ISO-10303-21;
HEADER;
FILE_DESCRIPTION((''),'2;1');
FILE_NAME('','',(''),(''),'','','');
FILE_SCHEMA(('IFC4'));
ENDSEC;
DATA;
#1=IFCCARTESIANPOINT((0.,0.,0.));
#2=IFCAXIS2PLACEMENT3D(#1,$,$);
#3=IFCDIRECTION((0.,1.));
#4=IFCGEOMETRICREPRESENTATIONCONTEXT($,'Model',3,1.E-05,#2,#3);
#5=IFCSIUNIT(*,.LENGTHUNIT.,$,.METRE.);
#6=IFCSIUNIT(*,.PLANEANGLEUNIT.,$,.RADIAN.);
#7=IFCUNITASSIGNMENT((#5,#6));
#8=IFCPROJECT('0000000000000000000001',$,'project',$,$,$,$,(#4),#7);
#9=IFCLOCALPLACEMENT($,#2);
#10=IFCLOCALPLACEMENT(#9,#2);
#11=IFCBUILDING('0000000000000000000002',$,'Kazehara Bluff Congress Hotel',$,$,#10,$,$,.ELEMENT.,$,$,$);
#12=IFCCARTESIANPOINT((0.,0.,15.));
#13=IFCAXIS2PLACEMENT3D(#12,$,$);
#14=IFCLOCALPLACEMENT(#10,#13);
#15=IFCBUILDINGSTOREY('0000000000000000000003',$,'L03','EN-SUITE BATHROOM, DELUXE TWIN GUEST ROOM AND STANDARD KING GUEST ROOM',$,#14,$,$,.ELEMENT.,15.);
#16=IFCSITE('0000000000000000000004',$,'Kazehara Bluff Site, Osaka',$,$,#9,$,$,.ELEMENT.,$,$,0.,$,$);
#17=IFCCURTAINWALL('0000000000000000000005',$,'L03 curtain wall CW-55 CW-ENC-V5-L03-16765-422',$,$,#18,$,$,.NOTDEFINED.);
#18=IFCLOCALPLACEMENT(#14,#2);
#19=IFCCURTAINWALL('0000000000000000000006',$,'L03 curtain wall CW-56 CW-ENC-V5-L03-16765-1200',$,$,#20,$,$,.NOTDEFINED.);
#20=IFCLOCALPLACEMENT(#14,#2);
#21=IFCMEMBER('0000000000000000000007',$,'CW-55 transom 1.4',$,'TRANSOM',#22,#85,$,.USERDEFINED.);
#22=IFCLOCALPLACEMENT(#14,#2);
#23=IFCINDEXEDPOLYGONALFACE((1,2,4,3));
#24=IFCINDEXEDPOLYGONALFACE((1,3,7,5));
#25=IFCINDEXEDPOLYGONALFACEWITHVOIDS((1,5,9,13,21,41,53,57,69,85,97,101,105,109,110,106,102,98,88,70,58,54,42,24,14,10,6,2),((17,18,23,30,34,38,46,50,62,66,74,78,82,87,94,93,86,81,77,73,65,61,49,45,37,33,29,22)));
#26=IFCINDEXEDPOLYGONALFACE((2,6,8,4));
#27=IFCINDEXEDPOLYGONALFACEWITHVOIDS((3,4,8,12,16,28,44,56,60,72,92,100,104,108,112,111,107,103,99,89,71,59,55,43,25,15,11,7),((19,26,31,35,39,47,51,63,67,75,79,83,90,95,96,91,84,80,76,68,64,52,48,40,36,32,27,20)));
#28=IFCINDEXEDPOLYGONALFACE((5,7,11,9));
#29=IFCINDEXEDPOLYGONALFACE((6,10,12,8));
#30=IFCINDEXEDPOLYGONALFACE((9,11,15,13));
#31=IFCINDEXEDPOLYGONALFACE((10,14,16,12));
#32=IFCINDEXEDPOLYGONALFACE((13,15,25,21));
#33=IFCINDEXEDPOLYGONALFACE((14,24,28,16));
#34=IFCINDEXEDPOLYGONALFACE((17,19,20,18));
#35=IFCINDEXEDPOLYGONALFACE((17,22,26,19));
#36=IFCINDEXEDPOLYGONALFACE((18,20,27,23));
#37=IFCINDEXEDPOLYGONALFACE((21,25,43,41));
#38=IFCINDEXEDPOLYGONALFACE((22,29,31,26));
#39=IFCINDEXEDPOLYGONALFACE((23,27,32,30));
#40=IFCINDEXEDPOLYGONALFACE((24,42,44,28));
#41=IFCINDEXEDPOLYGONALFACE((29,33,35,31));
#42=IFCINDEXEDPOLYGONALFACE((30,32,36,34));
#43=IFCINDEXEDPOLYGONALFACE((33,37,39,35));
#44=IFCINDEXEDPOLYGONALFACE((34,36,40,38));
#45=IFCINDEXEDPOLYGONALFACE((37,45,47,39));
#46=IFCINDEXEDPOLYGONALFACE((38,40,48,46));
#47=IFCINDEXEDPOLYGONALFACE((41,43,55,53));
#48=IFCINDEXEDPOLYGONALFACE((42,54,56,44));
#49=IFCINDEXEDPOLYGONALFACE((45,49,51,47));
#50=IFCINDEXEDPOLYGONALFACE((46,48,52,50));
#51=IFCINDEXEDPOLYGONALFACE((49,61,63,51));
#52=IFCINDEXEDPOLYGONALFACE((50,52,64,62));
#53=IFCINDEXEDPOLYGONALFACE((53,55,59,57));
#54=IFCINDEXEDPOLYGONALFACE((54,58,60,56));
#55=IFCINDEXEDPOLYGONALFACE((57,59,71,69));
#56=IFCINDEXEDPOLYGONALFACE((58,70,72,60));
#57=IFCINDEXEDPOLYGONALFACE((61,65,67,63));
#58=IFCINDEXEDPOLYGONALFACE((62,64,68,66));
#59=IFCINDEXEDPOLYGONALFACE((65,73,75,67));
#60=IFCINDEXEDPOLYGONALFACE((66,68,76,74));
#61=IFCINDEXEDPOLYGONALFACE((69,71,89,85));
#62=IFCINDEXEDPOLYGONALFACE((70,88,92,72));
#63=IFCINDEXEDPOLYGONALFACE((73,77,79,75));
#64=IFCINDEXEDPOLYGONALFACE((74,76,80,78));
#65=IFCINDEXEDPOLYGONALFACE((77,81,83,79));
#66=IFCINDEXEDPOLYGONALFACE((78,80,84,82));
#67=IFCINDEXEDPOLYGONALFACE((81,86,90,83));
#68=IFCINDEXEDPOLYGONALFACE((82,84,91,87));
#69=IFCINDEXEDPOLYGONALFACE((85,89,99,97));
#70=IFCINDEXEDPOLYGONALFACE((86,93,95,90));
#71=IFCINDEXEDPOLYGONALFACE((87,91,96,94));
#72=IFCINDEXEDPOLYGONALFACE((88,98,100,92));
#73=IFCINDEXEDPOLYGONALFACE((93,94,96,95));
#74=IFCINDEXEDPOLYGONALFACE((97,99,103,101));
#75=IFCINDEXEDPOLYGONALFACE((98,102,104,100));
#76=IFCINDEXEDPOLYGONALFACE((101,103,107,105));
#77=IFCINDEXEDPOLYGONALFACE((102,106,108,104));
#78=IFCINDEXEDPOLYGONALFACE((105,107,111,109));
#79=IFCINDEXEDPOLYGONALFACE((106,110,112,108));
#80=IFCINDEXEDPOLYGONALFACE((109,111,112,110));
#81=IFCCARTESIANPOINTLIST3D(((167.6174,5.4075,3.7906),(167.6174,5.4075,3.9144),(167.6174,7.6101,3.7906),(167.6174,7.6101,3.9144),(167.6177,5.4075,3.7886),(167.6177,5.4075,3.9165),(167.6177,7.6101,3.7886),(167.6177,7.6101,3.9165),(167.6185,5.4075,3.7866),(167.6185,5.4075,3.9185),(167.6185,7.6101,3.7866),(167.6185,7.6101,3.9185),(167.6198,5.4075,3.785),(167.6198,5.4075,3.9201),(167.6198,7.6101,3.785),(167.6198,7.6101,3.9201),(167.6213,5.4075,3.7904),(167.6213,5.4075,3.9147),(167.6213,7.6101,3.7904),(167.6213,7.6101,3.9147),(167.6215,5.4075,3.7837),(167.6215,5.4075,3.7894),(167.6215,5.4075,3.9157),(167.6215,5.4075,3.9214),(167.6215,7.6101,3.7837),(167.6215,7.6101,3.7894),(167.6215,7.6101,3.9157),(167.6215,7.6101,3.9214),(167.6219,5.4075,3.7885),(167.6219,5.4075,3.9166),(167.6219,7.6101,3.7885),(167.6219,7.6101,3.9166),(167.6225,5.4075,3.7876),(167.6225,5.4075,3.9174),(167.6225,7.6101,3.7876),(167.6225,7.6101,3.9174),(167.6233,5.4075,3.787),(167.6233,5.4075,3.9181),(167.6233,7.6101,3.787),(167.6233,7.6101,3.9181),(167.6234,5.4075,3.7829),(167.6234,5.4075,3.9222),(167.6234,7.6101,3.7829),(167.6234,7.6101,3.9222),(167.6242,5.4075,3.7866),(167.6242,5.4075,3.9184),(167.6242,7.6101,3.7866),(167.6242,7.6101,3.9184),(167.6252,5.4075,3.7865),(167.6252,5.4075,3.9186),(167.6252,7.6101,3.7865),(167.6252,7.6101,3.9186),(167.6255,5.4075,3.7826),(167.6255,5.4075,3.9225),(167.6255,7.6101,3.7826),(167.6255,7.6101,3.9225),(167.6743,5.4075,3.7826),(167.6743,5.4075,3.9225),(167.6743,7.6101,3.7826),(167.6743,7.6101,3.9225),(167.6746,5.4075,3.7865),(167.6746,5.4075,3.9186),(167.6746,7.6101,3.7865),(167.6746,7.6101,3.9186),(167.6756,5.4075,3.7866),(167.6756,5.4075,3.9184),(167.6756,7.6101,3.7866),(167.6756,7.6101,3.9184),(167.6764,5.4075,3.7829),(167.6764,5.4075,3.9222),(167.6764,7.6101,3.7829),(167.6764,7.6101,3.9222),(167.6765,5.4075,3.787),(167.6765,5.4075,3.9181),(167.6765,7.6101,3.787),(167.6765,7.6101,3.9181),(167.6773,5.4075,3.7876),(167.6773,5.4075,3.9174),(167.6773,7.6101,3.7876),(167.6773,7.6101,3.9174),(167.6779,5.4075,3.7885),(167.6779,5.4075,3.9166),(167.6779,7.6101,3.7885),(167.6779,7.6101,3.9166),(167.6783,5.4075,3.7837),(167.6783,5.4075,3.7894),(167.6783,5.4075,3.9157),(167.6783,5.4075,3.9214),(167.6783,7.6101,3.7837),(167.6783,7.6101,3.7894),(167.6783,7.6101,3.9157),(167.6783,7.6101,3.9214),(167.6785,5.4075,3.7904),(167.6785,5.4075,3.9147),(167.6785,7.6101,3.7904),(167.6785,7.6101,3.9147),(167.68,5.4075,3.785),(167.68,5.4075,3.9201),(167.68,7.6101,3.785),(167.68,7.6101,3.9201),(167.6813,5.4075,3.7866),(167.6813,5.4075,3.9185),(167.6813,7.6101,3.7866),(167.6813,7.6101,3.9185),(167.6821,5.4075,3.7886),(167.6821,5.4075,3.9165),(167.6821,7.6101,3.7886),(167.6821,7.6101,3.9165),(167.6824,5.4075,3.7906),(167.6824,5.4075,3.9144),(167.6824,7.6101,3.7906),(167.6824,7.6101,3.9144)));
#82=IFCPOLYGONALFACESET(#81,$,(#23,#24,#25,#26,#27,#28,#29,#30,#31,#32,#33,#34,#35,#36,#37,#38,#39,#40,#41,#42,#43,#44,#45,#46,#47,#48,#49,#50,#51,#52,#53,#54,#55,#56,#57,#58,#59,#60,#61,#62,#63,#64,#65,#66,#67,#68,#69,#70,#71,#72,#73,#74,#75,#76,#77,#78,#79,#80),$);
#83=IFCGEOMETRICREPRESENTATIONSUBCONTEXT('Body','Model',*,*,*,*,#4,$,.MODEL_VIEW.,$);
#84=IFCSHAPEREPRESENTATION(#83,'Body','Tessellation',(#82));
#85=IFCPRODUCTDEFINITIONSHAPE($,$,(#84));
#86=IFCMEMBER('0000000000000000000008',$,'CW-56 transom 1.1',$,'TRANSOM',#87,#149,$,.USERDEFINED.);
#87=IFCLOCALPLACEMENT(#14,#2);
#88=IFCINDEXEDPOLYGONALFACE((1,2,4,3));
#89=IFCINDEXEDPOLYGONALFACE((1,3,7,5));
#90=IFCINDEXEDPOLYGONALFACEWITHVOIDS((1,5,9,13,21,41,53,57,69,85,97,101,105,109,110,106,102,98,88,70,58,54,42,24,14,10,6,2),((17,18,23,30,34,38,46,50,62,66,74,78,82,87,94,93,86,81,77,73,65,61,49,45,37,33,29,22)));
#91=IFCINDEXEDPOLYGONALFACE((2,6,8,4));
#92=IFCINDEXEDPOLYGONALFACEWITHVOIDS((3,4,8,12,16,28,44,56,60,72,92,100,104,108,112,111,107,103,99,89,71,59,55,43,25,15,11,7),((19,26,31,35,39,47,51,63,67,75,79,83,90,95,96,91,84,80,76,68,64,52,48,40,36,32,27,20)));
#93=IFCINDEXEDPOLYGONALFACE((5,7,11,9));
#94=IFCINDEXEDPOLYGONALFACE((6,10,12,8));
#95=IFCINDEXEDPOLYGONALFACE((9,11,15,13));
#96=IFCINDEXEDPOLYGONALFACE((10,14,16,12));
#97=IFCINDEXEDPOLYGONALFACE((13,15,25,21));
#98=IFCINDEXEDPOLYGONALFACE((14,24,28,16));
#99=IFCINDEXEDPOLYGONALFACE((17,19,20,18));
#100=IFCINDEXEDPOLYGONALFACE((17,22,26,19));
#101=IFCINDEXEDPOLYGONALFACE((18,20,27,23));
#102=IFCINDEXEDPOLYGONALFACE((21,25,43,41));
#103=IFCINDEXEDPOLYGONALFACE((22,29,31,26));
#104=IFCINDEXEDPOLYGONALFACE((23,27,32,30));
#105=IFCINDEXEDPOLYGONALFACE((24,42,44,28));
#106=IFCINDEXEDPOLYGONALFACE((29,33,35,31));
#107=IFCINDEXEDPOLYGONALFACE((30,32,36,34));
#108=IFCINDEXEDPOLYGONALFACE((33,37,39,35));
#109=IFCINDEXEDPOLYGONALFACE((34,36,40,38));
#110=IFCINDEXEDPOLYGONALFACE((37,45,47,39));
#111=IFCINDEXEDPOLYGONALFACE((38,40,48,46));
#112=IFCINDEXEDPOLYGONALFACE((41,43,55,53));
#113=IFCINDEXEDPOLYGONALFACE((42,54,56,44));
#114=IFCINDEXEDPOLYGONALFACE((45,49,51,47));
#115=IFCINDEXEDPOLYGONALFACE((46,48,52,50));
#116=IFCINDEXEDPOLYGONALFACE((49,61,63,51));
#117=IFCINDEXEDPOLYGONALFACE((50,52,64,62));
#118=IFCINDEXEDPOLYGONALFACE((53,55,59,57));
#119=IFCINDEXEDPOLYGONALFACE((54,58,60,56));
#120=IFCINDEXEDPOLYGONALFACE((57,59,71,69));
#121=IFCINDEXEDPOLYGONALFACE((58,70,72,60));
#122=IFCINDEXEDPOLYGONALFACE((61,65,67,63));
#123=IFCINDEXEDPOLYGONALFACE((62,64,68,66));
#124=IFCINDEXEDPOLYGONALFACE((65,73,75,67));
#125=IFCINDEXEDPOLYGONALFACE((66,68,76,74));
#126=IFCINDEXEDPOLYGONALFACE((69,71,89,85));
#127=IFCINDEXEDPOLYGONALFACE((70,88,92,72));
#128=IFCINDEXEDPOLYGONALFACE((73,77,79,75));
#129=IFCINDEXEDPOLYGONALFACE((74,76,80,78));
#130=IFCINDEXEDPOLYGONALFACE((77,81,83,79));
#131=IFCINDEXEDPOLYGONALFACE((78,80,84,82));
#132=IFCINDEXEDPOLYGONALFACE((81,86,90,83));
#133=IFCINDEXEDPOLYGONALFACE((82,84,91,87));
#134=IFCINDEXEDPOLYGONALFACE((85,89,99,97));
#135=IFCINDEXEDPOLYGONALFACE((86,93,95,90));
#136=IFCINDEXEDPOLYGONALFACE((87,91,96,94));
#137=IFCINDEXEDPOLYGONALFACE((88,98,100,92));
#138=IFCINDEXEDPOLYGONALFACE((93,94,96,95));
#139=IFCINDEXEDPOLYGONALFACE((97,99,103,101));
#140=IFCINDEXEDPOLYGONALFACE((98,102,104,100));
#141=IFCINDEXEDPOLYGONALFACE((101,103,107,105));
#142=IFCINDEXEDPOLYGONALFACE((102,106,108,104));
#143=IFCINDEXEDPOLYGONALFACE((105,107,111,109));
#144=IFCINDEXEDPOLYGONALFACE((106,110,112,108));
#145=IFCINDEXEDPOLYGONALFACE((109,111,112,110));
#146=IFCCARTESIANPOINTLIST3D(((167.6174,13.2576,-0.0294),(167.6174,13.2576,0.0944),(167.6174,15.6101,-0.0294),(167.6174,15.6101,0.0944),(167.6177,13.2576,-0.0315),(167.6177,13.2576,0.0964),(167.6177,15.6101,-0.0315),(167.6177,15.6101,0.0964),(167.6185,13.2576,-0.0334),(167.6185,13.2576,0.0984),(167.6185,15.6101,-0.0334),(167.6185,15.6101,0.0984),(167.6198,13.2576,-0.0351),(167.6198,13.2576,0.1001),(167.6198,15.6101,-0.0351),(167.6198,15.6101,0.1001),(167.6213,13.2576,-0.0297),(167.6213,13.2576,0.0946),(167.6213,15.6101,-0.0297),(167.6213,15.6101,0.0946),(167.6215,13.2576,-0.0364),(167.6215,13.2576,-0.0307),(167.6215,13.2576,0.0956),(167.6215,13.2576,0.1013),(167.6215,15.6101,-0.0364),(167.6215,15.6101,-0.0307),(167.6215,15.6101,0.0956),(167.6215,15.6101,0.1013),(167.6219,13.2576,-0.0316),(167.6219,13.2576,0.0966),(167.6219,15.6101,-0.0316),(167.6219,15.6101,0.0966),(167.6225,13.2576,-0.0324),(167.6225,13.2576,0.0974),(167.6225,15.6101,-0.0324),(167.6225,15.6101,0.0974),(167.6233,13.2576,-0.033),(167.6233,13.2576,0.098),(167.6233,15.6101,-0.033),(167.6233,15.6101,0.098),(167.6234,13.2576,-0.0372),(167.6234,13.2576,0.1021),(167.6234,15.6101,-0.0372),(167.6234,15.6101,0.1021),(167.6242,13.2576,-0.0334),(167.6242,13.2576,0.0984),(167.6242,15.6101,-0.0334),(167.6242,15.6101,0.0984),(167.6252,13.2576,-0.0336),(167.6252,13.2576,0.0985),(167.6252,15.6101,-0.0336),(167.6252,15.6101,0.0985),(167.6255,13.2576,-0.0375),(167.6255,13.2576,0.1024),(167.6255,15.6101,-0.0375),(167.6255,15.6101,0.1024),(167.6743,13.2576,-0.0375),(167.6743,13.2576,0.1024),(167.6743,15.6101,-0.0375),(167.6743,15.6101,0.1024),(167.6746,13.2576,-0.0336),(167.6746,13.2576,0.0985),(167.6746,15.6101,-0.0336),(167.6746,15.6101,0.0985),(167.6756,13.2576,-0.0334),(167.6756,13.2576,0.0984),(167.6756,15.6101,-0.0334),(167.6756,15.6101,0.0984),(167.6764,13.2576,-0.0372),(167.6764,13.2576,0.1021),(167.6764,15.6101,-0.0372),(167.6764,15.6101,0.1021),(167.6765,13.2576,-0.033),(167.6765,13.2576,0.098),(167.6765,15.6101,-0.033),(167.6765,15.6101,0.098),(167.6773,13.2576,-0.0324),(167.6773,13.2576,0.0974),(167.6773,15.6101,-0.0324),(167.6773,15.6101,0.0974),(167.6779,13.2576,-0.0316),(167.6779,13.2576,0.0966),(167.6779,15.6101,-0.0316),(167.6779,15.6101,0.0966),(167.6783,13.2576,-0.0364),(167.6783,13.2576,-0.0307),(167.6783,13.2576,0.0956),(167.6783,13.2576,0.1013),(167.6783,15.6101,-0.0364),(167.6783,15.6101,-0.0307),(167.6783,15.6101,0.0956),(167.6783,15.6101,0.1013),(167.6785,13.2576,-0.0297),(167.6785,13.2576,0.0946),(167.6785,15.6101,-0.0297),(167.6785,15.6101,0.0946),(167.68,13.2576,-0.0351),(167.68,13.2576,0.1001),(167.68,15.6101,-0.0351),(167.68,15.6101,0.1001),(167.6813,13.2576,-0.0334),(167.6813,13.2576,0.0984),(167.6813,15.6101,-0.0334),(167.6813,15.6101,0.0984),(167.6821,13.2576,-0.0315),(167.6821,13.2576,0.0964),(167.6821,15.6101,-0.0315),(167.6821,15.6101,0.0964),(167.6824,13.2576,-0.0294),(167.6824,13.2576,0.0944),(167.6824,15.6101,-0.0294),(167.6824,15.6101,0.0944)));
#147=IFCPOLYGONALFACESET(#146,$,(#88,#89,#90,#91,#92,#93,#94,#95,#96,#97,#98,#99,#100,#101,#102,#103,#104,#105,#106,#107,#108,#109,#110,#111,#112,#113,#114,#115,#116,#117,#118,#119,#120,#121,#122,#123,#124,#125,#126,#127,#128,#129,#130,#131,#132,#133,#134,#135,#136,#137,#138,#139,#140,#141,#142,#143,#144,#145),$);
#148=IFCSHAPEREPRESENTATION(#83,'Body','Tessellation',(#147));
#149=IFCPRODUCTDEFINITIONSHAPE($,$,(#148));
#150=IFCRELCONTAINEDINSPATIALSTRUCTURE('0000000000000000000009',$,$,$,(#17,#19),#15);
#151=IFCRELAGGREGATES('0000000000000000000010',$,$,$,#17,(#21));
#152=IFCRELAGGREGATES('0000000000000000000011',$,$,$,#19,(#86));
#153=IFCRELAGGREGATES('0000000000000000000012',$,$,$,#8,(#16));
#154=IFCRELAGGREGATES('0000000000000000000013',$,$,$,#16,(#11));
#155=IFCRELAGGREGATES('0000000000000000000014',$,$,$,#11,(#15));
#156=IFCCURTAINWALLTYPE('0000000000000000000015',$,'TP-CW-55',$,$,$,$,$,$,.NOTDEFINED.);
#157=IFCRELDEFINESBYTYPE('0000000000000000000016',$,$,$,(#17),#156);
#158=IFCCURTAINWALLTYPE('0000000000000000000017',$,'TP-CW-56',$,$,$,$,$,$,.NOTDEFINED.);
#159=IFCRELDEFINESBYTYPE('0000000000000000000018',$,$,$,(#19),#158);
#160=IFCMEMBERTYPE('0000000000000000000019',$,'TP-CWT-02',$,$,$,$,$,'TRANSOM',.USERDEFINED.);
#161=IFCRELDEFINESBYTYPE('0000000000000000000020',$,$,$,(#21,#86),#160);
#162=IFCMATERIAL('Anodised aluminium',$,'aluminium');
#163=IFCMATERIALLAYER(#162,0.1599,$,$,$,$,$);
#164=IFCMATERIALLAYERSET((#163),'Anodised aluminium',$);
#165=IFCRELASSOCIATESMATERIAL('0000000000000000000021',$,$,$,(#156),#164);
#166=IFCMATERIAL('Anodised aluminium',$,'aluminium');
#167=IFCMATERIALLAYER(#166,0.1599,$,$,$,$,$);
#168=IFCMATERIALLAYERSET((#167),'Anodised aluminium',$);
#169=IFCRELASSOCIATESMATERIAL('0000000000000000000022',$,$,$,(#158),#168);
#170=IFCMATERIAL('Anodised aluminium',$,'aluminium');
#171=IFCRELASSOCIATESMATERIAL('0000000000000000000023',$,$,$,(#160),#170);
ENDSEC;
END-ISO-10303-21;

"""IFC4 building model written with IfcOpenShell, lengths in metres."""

from ifc_helpers import new_model, si_unit, direction, frame, origin, origin_2d, place, context, subcontext, project, spatial, hollow_rectangle, extrude, material, layer, layer_set, material_profile, profile_set, type_object, element, aggregate, save


model = new_model("IFC4")

# Units and contexts
model_context = context("Model", 3, precision=1e-05, world=origin(), true_north=direction((0.0, 1.0)))
body_context = subcontext(model_context, "Body", "Model", "MODEL_VIEW")
ifc_project = project(units=[si_unit("LENGTHUNIT", "METRE"), si_unit("PLANEANGLEUNIT", "RADIAN")], contexts=[model_context])

# Site, building, storey
site_placement = place(None, origin())
site = spatial("IfcSite", under=ifc_project, at=site_placement, Name="Kazehara Bluff Site, Osaka", CompositionType="ELEMENT", RefElevation=0.0)
building_placement = place(site_placement, origin())
building = spatial("IfcBuilding", under=site, at=building_placement, Name="Kazehara Bluff Congress Hotel", CompositionType="ELEMENT")
storey_placement = place(building_placement, frame((0.0, 0.0, 15.0)))
storey = spatial("IfcBuildingStorey", under=building, at=storey_placement, Name="L03", Description="EN-SUITE BATHROOM, DELUXE TWIN GUEST ROOM AND STANDARD KING GUEST ROOM", CompositionType="ELEMENT", Elevation=15.0)

# Curtain wall
ifc_material_1 = material(Name="Anodised aluminium", Category="aluminium")
ifc_layer_1 = layer(ifc_material_1, 0.1599)
ifc_layer_set_1 = layer_set([ifc_layer_1], Name="Anodised aluminium")
curtain_wall_type_1 = type_object("IfcCurtainWallType", Name="TP-CW-55", PredefinedType="NOTDEFINED", material=ifc_layer_set_1)
curtain_wall_1_placement = place(storey_placement, origin())
curtain_wall_1 = element("IfcCurtainWall", 1, at=curtain_wall_1_placement, inside=storey, type_object=curtain_wall_type_1, Name="L03 curtain wall CW-55 CW-ENC-V5-L03-16765-422", PredefinedType="NOTDEFINED")

# Curtain wall
ifc_material_2 = material(Name="Anodised aluminium", Category="aluminium")
ifc_layer_2 = layer(ifc_material_2, 0.1599)
ifc_layer_set_2 = layer_set([ifc_layer_2], Name="Anodised aluminium")
curtain_wall_type_2 = type_object("IfcCurtainWallType", Name="TP-CW-56", PredefinedType="NOTDEFINED", material=ifc_layer_set_2)
curtain_wall_2_placement = place(storey_placement, origin())
curtain_wall_2 = element("IfcCurtainWall", 2, at=curtain_wall_2_placement, inside=storey, type_object=curtain_wall_type_2, Name="L03 curtain wall CW-56 CW-ENC-V5-L03-16765-1200", PredefinedType="NOTDEFINED")

# Members
ifc_material_3 = material(Name="Anodised aluminium", Category="aluminium")
ifc_material_profile_1 = material_profile(ifc_material_3, hollow_rectangle(XDim=0.0649, YDim=0.1399, WallThickness=0.0039, InnerFilletRadius=0.0039, OuterFilletRadius=0.0081, at=origin_2d()))
ifc_profile_set_1 = profile_set([ifc_material_profile_1], Name="Anodised aluminium")
member_type_1 = type_object("IfcMemberType", Name="TP-CWT-02", ElementType="TRANSOM", PredefinedType="USERDEFINED", material=ifc_profile_set_1)
member_1_placement = place(storey_placement, frame((167.6499, 7.6101, 3.8525), z_axis=(0.0, -1.0, 0.0), x_axis=(1.0, 0.0, 0.0)))
member_1 = element("IfcMember", 3, at=member_1_placement, type_object=member_type_1, Name="CW-55 transom 1.4", ObjectType="TRANSOM", PredefinedType="USERDEFINED", context=body_context, shape_type="SweptSolid", body=[
    extrude(hollow_rectangle(XDim=0.0649, YDim=0.1399, WallThickness=0.0039, InnerFilletRadius=0.0039, OuterFilletRadius=0.0081, at=origin_2d()), origin(), (0.0, 0.0, 1.0), 2.2026),
])
aggregate(curtain_wall_1, [member_1])
member_2_placement = place(storey_placement, frame((167.6499, 15.6101, 0.0325), z_axis=(0.0, -1.0, 0.0), x_axis=(1.0, 0.0, 0.0)))
member_2 = element("IfcMember", 4, at=member_2_placement, type_object=member_type_1, Name="CW-56 transom 1.1", ObjectType="TRANSOM", PredefinedType="USERDEFINED", context=body_context, shape_type="SweptSolid", body=[
    extrude(hollow_rectangle(XDim=0.0649, YDim=0.1399, WallThickness=0.0039, InnerFilletRadius=0.0039, OuterFilletRadius=0.0081, at=origin_2d()), origin(), (0.0, 0.0, 1.0), 2.3525),
])

aggregate(curtain_wall_2, [member_2])

save(model, "model.ifc")
